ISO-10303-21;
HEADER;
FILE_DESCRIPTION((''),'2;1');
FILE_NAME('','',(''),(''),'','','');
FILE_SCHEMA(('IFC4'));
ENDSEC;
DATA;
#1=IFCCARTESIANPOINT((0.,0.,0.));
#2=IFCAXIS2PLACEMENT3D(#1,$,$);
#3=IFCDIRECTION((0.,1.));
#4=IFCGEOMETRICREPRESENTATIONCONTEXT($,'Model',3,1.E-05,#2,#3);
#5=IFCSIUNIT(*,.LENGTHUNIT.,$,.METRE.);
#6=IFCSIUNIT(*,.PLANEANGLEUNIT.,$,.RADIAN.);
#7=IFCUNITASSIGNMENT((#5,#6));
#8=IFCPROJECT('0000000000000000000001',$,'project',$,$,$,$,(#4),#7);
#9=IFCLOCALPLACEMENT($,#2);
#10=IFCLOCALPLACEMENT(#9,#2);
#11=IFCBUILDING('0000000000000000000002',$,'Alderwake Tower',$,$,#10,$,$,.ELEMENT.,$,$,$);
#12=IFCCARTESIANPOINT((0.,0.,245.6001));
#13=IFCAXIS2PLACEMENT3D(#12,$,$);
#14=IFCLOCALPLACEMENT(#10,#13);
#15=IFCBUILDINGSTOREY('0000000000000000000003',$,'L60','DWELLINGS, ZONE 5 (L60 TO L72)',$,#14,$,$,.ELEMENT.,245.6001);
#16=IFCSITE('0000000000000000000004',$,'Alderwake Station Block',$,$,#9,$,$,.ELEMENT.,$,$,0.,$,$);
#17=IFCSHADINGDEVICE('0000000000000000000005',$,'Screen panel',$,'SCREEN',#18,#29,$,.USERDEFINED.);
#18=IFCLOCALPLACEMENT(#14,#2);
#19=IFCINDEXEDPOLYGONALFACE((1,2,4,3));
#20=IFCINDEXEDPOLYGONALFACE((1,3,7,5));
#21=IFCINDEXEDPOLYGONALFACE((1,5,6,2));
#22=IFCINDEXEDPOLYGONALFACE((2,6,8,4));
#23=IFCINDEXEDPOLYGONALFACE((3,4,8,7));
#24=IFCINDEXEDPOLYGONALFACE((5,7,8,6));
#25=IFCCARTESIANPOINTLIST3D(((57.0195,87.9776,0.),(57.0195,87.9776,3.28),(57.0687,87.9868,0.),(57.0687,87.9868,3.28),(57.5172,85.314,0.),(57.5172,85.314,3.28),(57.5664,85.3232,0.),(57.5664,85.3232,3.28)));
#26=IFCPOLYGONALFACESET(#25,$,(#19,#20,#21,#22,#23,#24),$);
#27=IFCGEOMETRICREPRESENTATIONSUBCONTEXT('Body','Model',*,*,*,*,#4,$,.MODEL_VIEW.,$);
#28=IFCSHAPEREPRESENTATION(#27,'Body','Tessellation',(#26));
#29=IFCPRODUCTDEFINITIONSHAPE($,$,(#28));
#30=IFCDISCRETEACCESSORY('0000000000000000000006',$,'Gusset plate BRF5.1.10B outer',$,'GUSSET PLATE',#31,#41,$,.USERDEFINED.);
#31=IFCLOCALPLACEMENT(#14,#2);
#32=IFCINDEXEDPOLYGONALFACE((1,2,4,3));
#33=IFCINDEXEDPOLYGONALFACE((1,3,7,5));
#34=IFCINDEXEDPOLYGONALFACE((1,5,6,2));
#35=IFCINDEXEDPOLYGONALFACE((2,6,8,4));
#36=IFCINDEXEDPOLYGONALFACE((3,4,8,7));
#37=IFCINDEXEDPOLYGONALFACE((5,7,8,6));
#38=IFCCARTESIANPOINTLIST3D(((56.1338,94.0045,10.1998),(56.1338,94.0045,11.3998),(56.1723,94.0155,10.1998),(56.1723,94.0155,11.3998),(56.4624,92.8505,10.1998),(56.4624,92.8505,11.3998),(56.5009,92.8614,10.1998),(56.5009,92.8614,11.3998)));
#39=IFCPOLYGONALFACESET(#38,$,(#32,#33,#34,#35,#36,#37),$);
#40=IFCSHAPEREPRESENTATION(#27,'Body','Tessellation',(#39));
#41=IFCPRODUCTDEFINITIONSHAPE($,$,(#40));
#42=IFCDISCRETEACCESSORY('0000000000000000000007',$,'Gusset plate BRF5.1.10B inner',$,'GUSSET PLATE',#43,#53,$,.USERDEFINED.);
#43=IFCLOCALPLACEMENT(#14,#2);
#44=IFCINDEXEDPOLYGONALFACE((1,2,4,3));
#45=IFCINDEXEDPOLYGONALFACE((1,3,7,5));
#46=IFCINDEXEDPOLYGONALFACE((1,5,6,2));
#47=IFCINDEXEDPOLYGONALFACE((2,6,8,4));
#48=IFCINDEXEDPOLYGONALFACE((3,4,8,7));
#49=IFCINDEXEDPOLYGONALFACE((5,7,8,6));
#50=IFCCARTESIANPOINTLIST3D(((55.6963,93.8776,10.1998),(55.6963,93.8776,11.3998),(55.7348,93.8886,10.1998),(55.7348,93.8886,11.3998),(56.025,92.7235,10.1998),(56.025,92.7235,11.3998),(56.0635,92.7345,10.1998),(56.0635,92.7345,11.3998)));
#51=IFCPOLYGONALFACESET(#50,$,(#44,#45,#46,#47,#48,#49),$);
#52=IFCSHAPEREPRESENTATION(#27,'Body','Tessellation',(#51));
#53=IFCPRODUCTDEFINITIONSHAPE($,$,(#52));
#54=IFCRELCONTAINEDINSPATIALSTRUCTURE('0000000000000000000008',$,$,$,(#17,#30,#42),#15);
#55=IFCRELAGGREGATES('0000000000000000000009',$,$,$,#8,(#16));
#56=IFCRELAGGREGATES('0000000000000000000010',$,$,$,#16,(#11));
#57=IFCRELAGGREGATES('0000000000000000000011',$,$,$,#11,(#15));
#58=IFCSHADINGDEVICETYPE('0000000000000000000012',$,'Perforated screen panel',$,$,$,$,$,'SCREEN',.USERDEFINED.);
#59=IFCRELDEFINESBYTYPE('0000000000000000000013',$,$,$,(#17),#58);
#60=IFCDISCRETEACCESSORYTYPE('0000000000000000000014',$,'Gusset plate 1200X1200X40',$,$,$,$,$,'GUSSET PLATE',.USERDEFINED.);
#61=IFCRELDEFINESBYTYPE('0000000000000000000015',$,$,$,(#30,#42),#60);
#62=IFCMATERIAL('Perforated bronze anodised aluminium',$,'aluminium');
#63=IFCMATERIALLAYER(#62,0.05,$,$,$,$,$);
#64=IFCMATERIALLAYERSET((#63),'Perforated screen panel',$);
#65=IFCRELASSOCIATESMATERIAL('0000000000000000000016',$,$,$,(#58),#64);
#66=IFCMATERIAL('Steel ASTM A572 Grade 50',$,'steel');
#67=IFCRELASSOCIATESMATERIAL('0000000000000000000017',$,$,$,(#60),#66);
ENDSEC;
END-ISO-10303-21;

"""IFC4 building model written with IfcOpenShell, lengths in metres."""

from ifc_helpers import new_model, si_unit, direction, frame, origin, origin_2d, place, context, subcontext, project, spatial, rectangle, extrude, material, layer, layer_set, material_profile, profile_set, type_object, element, save


model = new_model("IFC4")

# Units and contexts
model_context = context("Model", 3, precision=1e-05, world=origin(), true_north=direction((0.0, 1.0)))
body_context = subcontext(model_context, "Body", "Model", "MODEL_VIEW")
ifc_project = project(units=[si_unit("LENGTHUNIT", "METRE"), si_unit("PLANEANGLEUNIT", "RADIAN")], contexts=[model_context])

# Site, building, storey
site_placement = place(None, origin())
site = spatial("IfcSite", under=ifc_project, at=site_placement, Name="Alderwake Station Block", CompositionType="ELEMENT", RefElevation=0.0)
building_placement = place(site_placement, origin())
building = spatial("IfcBuilding", under=site, at=building_placement, Name="Alderwake Tower", CompositionType="ELEMENT")
storey_placement = place(building_placement, frame((0.0, 0.0, 245.6001)))
storey = spatial("IfcBuildingStorey", under=building, at=storey_placement, Name="L60", Description="DWELLINGS, ZONE 5 (L60 TO L72)", CompositionType="ELEMENT", Elevation=245.6001)

# Shading device
ifc_material_1 = material(Name="Perforated bronze anodised aluminium", Category="aluminium")
ifc_layer_1 = layer(ifc_material_1, 0.05)
ifc_layer_set_1 = layer_set([ifc_layer_1], Name="Perforated screen panel")
shading_device_type_1 = type_object("IfcShadingDeviceType", Name="Perforated screen panel", ElementType="SCREEN", PredefinedType="USERDEFINED", material=ifc_layer_set_1)
shading_device_placement = place(storey_placement, frame((57.293, 86.6504, 0.0), z_axis=(0.0, 0.0, 1.0), x_axis=(0.982991, 0.183651, 0.0)))
element("IfcShadingDevice", 1, at=shading_device_placement, inside=storey, type_object=shading_device_type_1, Name="Screen panel", ObjectType="SCREEN", PredefinedType="USERDEFINED", context=body_context, shape_type="SweptSolid", body=[
    extrude(rectangle(XDim=0.05, YDim=2.7097, at=origin_2d()), origin(), (0.0, 0.0, 1.0), 3.28),
])

# Discrete accessories
ifc_material_2 = material(Name="Steel ASTM A572 Grade 50", Category="steel")
ifc_material_profile_1 = material_profile(ifc_material_2, rectangle(XDim=1.2, YDim=1.2, at=origin_2d()), Name="gusset 1200X1200")
ifc_profile_set_1 = profile_set([ifc_material_profile_1], Name="Steel ASTM A572 Grade 50")
discrete_accessory_type = type_object("IfcDiscreteAccessoryType", Name="Gusset plate 1200X1200X40", ElementType="GUSSET PLATE", PredefinedType="USERDEFINED", material=ifc_profile_set_1)
for number, where, z_axis, x_axis, name in (
    (2, (56.2981, 93.4275, 10.7998), (0.961753, 0.273917, 0.0), (-0.273917, 0.961753, 0.0), "Gusset plate BRF5.1.10B outer"),
    (3, (55.8992, 93.3115, 10.7998), (-0.961753, -0.273917, 0.0), (0.273917, -0.961753, 0.0), "Gusset plate BRF5.1.10B inner"),
):
    element("IfcDiscreteAccessory", number, at=place(storey_placement, frame(where, z_axis=z_axis, x_axis=x_axis)), inside=storey, type_object=discrete_accessory_type, Name=name, ObjectType="GUSSET PLATE", PredefinedType="USERDEFINED", context=body_context, shape_type="SweptSolid", body=[
        extrude(rectangle(XDim=1.2, YDim=1.2, at=origin_2d()), origin(), (0.0, 0.0, 1.0), 0.04),
    ])

save(model, "model.ifc")
